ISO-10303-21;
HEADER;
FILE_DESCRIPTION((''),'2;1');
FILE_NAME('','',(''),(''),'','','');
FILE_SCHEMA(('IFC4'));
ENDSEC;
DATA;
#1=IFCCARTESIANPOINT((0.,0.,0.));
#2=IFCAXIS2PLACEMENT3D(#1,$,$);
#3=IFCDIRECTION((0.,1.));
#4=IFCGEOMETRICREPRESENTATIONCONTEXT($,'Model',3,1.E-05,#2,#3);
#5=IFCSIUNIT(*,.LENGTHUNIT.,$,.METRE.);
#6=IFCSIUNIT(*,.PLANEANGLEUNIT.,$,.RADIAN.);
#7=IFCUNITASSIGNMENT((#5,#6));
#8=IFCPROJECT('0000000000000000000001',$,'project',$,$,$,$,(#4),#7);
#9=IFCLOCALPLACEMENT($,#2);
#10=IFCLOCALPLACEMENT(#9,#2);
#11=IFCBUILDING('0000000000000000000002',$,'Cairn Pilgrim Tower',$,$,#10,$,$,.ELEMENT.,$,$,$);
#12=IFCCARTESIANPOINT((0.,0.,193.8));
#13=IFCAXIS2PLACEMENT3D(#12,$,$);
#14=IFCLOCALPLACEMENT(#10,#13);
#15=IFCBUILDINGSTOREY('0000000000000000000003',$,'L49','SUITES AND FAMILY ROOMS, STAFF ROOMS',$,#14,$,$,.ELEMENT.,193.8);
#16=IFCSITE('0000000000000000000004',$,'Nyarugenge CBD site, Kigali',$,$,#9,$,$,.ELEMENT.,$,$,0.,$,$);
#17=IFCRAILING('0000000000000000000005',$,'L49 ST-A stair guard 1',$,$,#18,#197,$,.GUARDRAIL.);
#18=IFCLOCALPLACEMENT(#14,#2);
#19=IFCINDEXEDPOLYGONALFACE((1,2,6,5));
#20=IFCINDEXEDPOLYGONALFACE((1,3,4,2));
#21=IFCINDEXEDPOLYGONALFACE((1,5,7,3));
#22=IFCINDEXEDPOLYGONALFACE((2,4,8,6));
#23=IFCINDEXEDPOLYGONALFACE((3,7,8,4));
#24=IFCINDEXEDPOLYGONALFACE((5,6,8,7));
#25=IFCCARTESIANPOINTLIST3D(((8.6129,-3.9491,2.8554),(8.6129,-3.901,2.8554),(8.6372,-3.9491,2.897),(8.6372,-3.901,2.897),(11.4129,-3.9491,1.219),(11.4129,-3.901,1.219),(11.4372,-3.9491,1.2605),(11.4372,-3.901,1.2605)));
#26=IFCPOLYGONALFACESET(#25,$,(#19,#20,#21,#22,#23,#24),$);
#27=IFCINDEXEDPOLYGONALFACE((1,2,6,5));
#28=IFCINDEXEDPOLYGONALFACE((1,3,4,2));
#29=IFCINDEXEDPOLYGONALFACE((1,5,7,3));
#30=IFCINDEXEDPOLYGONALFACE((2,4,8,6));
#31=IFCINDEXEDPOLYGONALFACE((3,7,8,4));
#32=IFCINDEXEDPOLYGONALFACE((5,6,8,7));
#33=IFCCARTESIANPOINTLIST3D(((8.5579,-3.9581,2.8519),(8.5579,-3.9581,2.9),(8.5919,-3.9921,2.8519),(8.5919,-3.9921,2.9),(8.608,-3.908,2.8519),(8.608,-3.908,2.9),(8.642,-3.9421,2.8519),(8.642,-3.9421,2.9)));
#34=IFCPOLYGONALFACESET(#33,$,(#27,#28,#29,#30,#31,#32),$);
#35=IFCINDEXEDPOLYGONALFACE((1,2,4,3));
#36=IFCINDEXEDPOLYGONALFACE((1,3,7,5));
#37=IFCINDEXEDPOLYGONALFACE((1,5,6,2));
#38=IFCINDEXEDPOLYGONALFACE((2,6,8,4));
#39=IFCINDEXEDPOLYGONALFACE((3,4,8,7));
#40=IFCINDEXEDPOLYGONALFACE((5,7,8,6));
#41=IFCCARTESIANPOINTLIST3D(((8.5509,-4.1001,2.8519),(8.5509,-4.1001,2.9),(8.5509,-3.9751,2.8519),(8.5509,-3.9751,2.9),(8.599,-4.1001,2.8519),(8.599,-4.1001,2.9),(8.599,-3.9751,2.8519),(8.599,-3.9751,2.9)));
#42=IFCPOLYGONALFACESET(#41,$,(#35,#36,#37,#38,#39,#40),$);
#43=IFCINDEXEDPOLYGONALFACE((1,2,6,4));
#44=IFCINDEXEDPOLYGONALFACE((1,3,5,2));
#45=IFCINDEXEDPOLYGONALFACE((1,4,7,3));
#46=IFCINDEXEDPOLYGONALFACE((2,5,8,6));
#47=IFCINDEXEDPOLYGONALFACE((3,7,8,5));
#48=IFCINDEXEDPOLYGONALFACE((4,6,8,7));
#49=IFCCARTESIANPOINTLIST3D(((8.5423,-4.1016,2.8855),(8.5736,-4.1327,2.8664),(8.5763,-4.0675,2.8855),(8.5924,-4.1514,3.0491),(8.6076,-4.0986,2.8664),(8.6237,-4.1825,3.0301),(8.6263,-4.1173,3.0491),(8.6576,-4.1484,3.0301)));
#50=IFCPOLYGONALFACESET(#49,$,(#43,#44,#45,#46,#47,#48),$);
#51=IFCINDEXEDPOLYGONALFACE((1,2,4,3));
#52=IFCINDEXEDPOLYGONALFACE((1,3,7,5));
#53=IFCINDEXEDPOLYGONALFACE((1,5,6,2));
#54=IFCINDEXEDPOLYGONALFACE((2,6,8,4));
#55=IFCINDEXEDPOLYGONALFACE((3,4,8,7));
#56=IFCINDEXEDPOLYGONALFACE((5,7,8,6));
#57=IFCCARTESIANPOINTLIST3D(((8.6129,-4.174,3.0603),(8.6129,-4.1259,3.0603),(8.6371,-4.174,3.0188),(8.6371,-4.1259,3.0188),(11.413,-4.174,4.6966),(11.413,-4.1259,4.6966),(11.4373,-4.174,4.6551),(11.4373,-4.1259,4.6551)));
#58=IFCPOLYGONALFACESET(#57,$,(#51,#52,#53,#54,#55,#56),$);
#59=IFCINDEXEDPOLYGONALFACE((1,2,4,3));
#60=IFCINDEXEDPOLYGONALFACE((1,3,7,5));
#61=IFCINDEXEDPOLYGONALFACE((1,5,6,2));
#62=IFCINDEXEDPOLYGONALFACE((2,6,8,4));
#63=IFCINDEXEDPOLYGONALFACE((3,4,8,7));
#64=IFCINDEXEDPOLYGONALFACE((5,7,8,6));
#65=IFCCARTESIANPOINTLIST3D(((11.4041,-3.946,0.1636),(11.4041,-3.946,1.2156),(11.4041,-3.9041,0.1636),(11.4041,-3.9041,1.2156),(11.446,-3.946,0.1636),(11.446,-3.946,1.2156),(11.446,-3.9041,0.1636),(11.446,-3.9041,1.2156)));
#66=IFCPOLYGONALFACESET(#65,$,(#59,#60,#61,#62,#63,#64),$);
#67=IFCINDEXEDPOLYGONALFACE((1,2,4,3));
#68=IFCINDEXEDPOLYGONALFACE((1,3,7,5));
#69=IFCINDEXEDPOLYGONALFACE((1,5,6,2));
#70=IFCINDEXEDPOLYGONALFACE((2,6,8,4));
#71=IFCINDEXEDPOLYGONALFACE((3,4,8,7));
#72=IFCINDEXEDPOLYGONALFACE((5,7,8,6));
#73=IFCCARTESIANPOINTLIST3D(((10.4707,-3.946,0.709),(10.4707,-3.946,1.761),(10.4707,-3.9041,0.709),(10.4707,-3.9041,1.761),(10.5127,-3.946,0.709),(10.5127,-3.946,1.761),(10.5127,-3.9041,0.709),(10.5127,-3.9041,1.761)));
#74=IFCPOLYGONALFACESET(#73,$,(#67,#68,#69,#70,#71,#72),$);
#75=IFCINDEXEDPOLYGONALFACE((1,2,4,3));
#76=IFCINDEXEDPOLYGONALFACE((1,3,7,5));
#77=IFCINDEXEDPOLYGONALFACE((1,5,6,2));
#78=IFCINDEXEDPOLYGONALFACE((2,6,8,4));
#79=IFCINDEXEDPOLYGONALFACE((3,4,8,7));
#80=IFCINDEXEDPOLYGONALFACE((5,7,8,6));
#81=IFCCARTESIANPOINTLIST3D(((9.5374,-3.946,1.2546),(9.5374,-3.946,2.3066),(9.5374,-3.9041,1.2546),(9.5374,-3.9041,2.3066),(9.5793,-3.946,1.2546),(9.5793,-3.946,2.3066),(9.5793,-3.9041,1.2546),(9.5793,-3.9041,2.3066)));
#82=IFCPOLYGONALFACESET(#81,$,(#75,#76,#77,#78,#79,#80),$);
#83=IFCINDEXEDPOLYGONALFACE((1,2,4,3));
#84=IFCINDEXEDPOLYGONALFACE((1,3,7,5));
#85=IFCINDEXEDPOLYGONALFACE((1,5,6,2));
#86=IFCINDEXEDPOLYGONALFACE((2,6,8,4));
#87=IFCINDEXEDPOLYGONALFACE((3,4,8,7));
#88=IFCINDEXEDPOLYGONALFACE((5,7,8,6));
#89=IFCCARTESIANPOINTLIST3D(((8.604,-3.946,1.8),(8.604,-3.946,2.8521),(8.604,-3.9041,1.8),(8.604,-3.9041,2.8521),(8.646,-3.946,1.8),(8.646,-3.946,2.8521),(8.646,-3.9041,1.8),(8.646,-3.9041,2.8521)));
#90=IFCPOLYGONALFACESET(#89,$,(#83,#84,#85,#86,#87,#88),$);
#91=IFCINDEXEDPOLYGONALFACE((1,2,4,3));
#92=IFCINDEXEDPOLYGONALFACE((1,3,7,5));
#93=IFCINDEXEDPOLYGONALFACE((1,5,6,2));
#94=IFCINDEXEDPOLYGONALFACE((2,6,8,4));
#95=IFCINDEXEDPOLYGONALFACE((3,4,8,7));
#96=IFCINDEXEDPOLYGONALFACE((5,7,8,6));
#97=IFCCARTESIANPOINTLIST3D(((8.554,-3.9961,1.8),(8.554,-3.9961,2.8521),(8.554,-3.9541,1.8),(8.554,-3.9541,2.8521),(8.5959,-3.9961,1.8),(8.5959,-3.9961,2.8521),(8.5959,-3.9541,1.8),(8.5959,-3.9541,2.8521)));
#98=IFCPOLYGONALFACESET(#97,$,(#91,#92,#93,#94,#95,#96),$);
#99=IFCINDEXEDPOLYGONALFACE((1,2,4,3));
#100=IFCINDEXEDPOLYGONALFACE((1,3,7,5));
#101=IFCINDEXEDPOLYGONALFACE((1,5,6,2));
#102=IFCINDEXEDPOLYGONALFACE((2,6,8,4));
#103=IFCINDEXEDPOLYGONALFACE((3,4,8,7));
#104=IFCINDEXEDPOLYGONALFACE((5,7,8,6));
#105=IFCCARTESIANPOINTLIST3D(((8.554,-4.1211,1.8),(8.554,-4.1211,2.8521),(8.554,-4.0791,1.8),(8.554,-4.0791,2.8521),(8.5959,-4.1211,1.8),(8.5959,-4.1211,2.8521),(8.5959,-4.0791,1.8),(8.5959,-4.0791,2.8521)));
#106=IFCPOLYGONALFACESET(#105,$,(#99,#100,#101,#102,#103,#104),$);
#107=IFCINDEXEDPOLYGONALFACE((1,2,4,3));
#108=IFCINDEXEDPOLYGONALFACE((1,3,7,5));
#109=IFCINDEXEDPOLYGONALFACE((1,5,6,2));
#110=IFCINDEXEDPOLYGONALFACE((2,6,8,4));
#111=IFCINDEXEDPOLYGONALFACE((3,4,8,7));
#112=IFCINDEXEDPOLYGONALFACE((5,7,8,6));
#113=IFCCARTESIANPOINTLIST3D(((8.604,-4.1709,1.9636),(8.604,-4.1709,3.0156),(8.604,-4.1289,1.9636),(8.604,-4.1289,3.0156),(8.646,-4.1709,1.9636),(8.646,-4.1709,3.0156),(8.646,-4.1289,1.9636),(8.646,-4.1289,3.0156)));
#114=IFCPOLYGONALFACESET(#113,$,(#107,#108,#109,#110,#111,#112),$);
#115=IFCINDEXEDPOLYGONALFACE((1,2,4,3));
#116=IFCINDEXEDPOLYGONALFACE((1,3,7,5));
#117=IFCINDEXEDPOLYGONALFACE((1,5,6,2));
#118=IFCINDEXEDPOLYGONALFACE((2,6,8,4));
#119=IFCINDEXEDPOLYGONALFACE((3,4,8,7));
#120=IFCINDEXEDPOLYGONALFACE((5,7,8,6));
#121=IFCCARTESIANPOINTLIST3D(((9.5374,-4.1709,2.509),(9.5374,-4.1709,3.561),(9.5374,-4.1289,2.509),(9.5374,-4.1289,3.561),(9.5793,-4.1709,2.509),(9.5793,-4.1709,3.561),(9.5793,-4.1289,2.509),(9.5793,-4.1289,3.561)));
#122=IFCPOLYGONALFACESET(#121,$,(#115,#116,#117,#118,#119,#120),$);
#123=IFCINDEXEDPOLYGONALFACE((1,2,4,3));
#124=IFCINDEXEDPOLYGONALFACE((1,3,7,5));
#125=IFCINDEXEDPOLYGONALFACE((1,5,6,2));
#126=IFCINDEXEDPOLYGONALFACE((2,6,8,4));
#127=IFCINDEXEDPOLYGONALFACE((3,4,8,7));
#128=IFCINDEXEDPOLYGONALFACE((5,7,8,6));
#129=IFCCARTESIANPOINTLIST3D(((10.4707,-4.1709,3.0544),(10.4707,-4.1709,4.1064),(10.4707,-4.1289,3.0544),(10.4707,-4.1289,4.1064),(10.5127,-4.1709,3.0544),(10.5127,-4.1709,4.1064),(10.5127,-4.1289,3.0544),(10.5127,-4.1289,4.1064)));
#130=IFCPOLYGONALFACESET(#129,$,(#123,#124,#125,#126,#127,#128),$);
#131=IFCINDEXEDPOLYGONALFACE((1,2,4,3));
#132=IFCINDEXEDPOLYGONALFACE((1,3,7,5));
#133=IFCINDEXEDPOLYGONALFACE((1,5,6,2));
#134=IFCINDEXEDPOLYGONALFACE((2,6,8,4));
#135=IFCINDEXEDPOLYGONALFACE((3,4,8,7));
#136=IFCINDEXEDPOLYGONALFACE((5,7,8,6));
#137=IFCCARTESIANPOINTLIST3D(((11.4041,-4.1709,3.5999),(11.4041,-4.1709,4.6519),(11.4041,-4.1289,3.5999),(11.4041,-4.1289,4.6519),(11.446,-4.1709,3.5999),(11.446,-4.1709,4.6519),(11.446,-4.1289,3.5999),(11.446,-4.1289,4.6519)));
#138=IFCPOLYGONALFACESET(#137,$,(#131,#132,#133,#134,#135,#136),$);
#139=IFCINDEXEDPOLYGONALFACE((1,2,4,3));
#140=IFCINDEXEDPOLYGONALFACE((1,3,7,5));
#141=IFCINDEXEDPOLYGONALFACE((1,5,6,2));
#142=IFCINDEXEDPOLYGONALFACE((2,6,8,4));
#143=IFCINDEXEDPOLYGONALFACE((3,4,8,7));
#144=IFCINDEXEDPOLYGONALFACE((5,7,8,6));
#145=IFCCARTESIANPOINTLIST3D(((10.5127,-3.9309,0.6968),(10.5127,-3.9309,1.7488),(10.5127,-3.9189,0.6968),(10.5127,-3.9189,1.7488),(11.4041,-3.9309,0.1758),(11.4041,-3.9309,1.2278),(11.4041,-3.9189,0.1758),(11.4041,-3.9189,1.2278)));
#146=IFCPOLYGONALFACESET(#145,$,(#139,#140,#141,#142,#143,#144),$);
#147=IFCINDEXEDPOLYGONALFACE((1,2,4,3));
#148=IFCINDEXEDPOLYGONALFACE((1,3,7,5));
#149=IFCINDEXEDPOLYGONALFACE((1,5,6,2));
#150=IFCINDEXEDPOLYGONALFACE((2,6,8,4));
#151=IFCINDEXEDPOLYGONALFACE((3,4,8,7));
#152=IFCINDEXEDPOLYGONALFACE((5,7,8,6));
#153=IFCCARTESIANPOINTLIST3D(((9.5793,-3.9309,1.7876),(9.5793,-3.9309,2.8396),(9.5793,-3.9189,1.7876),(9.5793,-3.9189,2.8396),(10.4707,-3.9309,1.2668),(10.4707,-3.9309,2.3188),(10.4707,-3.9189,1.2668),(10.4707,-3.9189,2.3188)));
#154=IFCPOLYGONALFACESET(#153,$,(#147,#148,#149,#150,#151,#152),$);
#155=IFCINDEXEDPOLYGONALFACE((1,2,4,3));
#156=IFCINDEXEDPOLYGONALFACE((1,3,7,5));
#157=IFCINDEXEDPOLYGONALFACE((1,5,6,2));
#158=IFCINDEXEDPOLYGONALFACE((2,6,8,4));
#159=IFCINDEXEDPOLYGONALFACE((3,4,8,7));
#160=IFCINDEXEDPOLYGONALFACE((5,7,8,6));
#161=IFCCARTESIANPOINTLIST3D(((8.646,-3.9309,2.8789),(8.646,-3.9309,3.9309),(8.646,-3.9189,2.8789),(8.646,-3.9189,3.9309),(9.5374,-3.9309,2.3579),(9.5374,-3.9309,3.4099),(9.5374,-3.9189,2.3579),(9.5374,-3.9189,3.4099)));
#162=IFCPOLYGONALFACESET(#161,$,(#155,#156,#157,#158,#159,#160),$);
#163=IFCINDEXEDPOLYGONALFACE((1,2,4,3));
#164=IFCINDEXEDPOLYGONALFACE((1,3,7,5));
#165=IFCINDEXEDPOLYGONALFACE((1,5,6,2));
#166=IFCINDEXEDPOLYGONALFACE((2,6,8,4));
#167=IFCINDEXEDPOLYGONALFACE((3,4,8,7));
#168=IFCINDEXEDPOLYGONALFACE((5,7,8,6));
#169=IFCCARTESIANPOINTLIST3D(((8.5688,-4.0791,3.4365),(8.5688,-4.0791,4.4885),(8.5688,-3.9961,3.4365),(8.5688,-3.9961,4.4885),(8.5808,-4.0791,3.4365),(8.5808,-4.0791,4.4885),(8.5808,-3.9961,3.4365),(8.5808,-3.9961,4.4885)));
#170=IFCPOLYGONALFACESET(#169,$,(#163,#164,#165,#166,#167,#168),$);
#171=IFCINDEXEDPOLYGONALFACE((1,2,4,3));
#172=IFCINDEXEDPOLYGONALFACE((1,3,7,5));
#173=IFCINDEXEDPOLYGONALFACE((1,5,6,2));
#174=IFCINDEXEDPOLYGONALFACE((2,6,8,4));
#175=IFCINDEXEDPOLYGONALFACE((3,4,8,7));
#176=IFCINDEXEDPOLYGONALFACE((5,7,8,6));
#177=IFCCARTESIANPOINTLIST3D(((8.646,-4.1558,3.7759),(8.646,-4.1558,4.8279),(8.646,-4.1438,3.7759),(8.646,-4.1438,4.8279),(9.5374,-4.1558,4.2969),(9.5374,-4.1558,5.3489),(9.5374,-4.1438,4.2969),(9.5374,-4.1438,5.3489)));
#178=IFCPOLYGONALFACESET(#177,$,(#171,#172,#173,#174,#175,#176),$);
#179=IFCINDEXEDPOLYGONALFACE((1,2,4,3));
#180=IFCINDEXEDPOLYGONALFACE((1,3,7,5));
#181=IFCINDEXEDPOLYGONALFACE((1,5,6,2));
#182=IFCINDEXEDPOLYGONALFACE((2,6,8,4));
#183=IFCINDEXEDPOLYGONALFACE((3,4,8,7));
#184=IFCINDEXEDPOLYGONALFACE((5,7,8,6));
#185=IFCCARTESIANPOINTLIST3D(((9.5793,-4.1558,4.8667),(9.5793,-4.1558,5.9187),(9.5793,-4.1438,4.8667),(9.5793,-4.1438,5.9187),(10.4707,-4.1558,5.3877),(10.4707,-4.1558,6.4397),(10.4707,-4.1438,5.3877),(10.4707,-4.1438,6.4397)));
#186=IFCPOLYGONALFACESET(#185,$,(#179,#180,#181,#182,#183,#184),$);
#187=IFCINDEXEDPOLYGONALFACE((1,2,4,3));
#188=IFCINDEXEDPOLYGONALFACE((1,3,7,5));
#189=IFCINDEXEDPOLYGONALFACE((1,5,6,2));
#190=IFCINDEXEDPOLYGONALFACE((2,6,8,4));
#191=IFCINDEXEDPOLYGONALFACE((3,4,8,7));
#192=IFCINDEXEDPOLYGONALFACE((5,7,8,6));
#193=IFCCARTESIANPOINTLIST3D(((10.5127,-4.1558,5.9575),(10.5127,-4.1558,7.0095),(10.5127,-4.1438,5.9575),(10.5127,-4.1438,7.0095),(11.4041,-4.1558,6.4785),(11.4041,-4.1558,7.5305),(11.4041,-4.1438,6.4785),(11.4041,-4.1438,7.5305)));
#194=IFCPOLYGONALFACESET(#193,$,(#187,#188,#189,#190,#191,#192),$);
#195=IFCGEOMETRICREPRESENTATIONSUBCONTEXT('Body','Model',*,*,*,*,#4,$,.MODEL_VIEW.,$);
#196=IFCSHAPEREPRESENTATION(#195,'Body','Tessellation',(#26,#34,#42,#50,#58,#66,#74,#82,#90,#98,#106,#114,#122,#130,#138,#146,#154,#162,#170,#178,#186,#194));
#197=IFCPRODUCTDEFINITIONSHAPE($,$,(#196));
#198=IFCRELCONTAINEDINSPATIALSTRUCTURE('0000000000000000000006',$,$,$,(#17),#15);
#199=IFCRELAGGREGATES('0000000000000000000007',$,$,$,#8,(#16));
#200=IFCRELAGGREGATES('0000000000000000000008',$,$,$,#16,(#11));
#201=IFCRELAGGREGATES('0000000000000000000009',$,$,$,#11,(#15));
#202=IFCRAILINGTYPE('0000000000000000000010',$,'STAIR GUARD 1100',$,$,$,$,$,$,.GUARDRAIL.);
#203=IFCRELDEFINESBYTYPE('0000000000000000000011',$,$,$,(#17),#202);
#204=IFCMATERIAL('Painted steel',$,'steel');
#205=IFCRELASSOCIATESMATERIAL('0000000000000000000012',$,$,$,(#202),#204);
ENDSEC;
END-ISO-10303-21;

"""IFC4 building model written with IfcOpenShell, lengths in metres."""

from ifc_helpers import new_model, si_unit, direction, frame, origin, origin_2d, place, context, subcontext, project, spatial, polyline, rectangle, outline, extrude, material, type_object, element, save


model = new_model("IFC4")

# Units and contexts
model_context = context("Model", 3, precision=1e-05, world=origin(), true_north=direction((0.0, 1.0)))
body_context = subcontext(model_context, "Body", "Model", "MODEL_VIEW")
ifc_project = project(units=[si_unit("LENGTHUNIT", "METRE"), si_unit("PLANEANGLEUNIT", "RADIAN")], contexts=[model_context])

# Site, building, storey
site_placement = place(None, origin())
site = spatial("IfcSite", under=ifc_project, at=site_placement, Name="Nyarugenge CBD site, Kigali", CompositionType="ELEMENT", RefElevation=0.0)
building_placement = place(site_placement, origin())
building = spatial("IfcBuilding", under=site, at=building_placement, Name="Cairn Pilgrim Tower", CompositionType="ELEMENT")
storey_placement = place(building_placement, frame((0.0, 0.0, 193.8)))
storey = spatial("IfcBuildingStorey", under=building, at=storey_placement, Name="L49", Description="SUITES AND FAMILY ROOMS, STAFF ROOMS", CompositionType="ELEMENT", Elevation=193.8)

# Shared definitions
ifc_material_1 = material(Name="Painted steel", Category="steel")

# Railing
railing_type = type_object("IfcRailingType", Name="STAIR GUARD 1100", PredefinedType="GUARDRAIL", material=ifc_material_1)
railing_placement = place(storey_placement, frame((11.425, -3.925, 0.1636)))
element("IfcRailing", 1, at=railing_placement, inside=storey, type_object=railing_type, Name="L49 ST-A stair guard 1", PredefinedType="GUARDRAIL", context=body_context, shape_type="SweptSolid", body=[
    extrude(rectangle(XDim=0.0481, YDim=0.0481, at=origin_2d()), frame((0.0, 0.0, 1.0762), z_axis=(-0.863361, 0.0, 0.504587), x_axis=(0.0, -1.0, 0.0)), (0.0, 0.0, 1.0), 3.2432),
    extrude(rectangle(XDim=0.0481, YDim=0.0481, at=origin_2d()), frame((-2.8, 0.0, 2.7124), z_axis=(-0.707107, -0.707107, 0.0), x_axis=(0.707107, -0.707107, 0.0)), (0.0, 0.0, 1.0), 0.0708),
    extrude(rectangle(XDim=0.0481, YDim=0.0481, at=origin_2d()), frame((-2.8501, -0.05, 2.7124), z_axis=(0.0, -1.0, 0.0), x_axis=(1.0, 0.0, 0.0)), (0.0, 0.0, 1.0), 0.125),
    extrude(rectangle(XDim=0.0481, YDim=0.0481, at=origin_2d()), frame((-2.8501, -0.175, 2.7124), z_axis=(0.280917, -0.279546, 0.918118), x_axis=(0.705376, 0.708834, 0.0)), (0.0, 0.0, 1.0), 0.1782),
    extrude(rectangle(XDim=0.0481, YDim=0.0481, at=origin_2d()), frame((-2.8, -0.2249, 2.876), z_axis=(0.863394, 0.0, 0.504531), x_axis=(0.0, 1.0, 0.0)), (0.0, 0.0, 1.0), 3.2432),
    extrude(rectangle(XDim=0.042, YDim=0.042, at=origin_2d()), origin(), (0.0, 0.0, 1.0), 1.052),
    extrude(rectangle(XDim=0.042, YDim=0.042, at=origin_2d()), frame((-0.9333, 0.0, 0.5454)), (0.0, 0.0, 1.0), 1.052),
    extrude(rectangle(XDim=0.042, YDim=0.042, at=origin_2d()), frame((-1.8667, 0.0, 1.0911)), (0.0, 0.0, 1.0), 1.052),
    extrude(rectangle(XDim=0.042, YDim=0.042, at=origin_2d()), frame((-2.8, 0.0, 1.6365)), (0.0, 0.0, 1.0), 1.052),
    extrude(rectangle(XDim=0.042, YDim=0.042, at=origin_2d()), frame((-2.8501, -0.05, 1.6365)), (0.0, 0.0, 1.0), 1.052),
    extrude(rectangle(XDim=0.042, YDim=0.042, at=origin_2d()), frame((-2.8501, -0.175, 1.6365)), (0.0, 0.0, 1.0), 1.052),
    extrude(rectangle(XDim=0.042, YDim=0.042, at=origin_2d()), frame((-2.8, -0.2249, 1.8)), (0.0, 0.0, 1.0), 1.052),
    extrude(rectangle(XDim=0.042, YDim=0.042, at=origin_2d()), frame((-1.8667, -0.2249, 2.3455)), (0.0, 0.0, 1.0), 1.052),
    extrude(rectangle(XDim=0.042, YDim=0.042, at=origin_2d()), frame((-0.9333, -0.2249, 2.8909)), (0.0, 0.0, 1.0), 1.052),
    extrude(rectangle(XDim=0.042, YDim=0.042, at=origin_2d()), frame((0.0, -0.2249, 3.4363)), (0.0, 0.0, 1.0), 1.052),
    extrude(outline(polyline([(0.021, 0.0122), (0.9124, 0.5332), (0.9124, 1.5852), (0.021, 1.0642), (0.021, 0.0122)])), frame((0.0, -0.0059, 0.0), z_axis=(0.0, 1.0, 0.0), x_axis=(-1.0, 0.0, 0.0)), (0.0, 0.0, 1.0), 0.012),
    extrude(outline(polyline([(0.021, 0.5579), (0.9124, 1.0786), (0.9124, 2.1306), (0.021, 1.6099), (0.021, 0.5579)])), frame((-0.9333, -0.0059, 0.5454), z_axis=(0.0, 1.0, 0.0), x_axis=(-1.0, 0.0, 0.0)), (0.0, 0.0, 1.0), 0.012),
    extrude(outline(polyline([(0.021, 1.1033), (0.9124, 1.6243), (0.9124, 2.6763), (0.021, 2.1553), (0.021, 1.1033)])), frame((-1.8667, -0.0059, 1.0911), z_axis=(0.0, 1.0, 0.0), x_axis=(-1.0, 0.0, 0.0)), (0.0, 0.0, 1.0), 0.012),
    extrude(outline(polyline([(0.021, 1.6365), (0.104, 1.6365), (0.104, 2.6885), (0.021, 2.6885), (0.021, 1.6365)])), frame((-2.8442, -0.05, 1.6365), z_axis=(-1.0, 0.0, 0.0), x_axis=(0.0, -1.0, 0.0)), (0.0, 0.0, 1.0), 0.012),
    extrude(outline(polyline([(0.021, 1.8123), (0.9124, 2.3333), (0.9124, 3.3853), (0.021, 2.8643), (0.021, 1.8123)])), frame((-2.8, -0.2188, 1.8), z_axis=(0.0, -1.0, 0.0), x_axis=(1.0, 0.0, 0.0)), (0.0, 0.0, 1.0), 0.012),
    extrude(outline(polyline([(0.021, 2.3577), (0.9124, 2.8787), (0.9124, 3.9307), (0.021, 3.4097), (0.021, 2.3577)])), frame((-1.8667, -0.2188, 2.3455), z_axis=(0.0, -1.0, 0.0), x_axis=(1.0, 0.0, 0.0)), (0.0, 0.0, 1.0), 0.012),
    extrude(outline(polyline([(0.021, 2.9031), (0.9124, 3.4241), (0.9124, 4.4761), (0.021, 3.9551), (0.021, 2.9031)])), frame((-0.9333, -0.2188, 2.8909), z_axis=(0.0, -1.0, 0.0), x_axis=(1.0, 0.0, 0.0)), (0.0, 0.0, 1.0), 0.012),
])

save(model, "model.ifc")
